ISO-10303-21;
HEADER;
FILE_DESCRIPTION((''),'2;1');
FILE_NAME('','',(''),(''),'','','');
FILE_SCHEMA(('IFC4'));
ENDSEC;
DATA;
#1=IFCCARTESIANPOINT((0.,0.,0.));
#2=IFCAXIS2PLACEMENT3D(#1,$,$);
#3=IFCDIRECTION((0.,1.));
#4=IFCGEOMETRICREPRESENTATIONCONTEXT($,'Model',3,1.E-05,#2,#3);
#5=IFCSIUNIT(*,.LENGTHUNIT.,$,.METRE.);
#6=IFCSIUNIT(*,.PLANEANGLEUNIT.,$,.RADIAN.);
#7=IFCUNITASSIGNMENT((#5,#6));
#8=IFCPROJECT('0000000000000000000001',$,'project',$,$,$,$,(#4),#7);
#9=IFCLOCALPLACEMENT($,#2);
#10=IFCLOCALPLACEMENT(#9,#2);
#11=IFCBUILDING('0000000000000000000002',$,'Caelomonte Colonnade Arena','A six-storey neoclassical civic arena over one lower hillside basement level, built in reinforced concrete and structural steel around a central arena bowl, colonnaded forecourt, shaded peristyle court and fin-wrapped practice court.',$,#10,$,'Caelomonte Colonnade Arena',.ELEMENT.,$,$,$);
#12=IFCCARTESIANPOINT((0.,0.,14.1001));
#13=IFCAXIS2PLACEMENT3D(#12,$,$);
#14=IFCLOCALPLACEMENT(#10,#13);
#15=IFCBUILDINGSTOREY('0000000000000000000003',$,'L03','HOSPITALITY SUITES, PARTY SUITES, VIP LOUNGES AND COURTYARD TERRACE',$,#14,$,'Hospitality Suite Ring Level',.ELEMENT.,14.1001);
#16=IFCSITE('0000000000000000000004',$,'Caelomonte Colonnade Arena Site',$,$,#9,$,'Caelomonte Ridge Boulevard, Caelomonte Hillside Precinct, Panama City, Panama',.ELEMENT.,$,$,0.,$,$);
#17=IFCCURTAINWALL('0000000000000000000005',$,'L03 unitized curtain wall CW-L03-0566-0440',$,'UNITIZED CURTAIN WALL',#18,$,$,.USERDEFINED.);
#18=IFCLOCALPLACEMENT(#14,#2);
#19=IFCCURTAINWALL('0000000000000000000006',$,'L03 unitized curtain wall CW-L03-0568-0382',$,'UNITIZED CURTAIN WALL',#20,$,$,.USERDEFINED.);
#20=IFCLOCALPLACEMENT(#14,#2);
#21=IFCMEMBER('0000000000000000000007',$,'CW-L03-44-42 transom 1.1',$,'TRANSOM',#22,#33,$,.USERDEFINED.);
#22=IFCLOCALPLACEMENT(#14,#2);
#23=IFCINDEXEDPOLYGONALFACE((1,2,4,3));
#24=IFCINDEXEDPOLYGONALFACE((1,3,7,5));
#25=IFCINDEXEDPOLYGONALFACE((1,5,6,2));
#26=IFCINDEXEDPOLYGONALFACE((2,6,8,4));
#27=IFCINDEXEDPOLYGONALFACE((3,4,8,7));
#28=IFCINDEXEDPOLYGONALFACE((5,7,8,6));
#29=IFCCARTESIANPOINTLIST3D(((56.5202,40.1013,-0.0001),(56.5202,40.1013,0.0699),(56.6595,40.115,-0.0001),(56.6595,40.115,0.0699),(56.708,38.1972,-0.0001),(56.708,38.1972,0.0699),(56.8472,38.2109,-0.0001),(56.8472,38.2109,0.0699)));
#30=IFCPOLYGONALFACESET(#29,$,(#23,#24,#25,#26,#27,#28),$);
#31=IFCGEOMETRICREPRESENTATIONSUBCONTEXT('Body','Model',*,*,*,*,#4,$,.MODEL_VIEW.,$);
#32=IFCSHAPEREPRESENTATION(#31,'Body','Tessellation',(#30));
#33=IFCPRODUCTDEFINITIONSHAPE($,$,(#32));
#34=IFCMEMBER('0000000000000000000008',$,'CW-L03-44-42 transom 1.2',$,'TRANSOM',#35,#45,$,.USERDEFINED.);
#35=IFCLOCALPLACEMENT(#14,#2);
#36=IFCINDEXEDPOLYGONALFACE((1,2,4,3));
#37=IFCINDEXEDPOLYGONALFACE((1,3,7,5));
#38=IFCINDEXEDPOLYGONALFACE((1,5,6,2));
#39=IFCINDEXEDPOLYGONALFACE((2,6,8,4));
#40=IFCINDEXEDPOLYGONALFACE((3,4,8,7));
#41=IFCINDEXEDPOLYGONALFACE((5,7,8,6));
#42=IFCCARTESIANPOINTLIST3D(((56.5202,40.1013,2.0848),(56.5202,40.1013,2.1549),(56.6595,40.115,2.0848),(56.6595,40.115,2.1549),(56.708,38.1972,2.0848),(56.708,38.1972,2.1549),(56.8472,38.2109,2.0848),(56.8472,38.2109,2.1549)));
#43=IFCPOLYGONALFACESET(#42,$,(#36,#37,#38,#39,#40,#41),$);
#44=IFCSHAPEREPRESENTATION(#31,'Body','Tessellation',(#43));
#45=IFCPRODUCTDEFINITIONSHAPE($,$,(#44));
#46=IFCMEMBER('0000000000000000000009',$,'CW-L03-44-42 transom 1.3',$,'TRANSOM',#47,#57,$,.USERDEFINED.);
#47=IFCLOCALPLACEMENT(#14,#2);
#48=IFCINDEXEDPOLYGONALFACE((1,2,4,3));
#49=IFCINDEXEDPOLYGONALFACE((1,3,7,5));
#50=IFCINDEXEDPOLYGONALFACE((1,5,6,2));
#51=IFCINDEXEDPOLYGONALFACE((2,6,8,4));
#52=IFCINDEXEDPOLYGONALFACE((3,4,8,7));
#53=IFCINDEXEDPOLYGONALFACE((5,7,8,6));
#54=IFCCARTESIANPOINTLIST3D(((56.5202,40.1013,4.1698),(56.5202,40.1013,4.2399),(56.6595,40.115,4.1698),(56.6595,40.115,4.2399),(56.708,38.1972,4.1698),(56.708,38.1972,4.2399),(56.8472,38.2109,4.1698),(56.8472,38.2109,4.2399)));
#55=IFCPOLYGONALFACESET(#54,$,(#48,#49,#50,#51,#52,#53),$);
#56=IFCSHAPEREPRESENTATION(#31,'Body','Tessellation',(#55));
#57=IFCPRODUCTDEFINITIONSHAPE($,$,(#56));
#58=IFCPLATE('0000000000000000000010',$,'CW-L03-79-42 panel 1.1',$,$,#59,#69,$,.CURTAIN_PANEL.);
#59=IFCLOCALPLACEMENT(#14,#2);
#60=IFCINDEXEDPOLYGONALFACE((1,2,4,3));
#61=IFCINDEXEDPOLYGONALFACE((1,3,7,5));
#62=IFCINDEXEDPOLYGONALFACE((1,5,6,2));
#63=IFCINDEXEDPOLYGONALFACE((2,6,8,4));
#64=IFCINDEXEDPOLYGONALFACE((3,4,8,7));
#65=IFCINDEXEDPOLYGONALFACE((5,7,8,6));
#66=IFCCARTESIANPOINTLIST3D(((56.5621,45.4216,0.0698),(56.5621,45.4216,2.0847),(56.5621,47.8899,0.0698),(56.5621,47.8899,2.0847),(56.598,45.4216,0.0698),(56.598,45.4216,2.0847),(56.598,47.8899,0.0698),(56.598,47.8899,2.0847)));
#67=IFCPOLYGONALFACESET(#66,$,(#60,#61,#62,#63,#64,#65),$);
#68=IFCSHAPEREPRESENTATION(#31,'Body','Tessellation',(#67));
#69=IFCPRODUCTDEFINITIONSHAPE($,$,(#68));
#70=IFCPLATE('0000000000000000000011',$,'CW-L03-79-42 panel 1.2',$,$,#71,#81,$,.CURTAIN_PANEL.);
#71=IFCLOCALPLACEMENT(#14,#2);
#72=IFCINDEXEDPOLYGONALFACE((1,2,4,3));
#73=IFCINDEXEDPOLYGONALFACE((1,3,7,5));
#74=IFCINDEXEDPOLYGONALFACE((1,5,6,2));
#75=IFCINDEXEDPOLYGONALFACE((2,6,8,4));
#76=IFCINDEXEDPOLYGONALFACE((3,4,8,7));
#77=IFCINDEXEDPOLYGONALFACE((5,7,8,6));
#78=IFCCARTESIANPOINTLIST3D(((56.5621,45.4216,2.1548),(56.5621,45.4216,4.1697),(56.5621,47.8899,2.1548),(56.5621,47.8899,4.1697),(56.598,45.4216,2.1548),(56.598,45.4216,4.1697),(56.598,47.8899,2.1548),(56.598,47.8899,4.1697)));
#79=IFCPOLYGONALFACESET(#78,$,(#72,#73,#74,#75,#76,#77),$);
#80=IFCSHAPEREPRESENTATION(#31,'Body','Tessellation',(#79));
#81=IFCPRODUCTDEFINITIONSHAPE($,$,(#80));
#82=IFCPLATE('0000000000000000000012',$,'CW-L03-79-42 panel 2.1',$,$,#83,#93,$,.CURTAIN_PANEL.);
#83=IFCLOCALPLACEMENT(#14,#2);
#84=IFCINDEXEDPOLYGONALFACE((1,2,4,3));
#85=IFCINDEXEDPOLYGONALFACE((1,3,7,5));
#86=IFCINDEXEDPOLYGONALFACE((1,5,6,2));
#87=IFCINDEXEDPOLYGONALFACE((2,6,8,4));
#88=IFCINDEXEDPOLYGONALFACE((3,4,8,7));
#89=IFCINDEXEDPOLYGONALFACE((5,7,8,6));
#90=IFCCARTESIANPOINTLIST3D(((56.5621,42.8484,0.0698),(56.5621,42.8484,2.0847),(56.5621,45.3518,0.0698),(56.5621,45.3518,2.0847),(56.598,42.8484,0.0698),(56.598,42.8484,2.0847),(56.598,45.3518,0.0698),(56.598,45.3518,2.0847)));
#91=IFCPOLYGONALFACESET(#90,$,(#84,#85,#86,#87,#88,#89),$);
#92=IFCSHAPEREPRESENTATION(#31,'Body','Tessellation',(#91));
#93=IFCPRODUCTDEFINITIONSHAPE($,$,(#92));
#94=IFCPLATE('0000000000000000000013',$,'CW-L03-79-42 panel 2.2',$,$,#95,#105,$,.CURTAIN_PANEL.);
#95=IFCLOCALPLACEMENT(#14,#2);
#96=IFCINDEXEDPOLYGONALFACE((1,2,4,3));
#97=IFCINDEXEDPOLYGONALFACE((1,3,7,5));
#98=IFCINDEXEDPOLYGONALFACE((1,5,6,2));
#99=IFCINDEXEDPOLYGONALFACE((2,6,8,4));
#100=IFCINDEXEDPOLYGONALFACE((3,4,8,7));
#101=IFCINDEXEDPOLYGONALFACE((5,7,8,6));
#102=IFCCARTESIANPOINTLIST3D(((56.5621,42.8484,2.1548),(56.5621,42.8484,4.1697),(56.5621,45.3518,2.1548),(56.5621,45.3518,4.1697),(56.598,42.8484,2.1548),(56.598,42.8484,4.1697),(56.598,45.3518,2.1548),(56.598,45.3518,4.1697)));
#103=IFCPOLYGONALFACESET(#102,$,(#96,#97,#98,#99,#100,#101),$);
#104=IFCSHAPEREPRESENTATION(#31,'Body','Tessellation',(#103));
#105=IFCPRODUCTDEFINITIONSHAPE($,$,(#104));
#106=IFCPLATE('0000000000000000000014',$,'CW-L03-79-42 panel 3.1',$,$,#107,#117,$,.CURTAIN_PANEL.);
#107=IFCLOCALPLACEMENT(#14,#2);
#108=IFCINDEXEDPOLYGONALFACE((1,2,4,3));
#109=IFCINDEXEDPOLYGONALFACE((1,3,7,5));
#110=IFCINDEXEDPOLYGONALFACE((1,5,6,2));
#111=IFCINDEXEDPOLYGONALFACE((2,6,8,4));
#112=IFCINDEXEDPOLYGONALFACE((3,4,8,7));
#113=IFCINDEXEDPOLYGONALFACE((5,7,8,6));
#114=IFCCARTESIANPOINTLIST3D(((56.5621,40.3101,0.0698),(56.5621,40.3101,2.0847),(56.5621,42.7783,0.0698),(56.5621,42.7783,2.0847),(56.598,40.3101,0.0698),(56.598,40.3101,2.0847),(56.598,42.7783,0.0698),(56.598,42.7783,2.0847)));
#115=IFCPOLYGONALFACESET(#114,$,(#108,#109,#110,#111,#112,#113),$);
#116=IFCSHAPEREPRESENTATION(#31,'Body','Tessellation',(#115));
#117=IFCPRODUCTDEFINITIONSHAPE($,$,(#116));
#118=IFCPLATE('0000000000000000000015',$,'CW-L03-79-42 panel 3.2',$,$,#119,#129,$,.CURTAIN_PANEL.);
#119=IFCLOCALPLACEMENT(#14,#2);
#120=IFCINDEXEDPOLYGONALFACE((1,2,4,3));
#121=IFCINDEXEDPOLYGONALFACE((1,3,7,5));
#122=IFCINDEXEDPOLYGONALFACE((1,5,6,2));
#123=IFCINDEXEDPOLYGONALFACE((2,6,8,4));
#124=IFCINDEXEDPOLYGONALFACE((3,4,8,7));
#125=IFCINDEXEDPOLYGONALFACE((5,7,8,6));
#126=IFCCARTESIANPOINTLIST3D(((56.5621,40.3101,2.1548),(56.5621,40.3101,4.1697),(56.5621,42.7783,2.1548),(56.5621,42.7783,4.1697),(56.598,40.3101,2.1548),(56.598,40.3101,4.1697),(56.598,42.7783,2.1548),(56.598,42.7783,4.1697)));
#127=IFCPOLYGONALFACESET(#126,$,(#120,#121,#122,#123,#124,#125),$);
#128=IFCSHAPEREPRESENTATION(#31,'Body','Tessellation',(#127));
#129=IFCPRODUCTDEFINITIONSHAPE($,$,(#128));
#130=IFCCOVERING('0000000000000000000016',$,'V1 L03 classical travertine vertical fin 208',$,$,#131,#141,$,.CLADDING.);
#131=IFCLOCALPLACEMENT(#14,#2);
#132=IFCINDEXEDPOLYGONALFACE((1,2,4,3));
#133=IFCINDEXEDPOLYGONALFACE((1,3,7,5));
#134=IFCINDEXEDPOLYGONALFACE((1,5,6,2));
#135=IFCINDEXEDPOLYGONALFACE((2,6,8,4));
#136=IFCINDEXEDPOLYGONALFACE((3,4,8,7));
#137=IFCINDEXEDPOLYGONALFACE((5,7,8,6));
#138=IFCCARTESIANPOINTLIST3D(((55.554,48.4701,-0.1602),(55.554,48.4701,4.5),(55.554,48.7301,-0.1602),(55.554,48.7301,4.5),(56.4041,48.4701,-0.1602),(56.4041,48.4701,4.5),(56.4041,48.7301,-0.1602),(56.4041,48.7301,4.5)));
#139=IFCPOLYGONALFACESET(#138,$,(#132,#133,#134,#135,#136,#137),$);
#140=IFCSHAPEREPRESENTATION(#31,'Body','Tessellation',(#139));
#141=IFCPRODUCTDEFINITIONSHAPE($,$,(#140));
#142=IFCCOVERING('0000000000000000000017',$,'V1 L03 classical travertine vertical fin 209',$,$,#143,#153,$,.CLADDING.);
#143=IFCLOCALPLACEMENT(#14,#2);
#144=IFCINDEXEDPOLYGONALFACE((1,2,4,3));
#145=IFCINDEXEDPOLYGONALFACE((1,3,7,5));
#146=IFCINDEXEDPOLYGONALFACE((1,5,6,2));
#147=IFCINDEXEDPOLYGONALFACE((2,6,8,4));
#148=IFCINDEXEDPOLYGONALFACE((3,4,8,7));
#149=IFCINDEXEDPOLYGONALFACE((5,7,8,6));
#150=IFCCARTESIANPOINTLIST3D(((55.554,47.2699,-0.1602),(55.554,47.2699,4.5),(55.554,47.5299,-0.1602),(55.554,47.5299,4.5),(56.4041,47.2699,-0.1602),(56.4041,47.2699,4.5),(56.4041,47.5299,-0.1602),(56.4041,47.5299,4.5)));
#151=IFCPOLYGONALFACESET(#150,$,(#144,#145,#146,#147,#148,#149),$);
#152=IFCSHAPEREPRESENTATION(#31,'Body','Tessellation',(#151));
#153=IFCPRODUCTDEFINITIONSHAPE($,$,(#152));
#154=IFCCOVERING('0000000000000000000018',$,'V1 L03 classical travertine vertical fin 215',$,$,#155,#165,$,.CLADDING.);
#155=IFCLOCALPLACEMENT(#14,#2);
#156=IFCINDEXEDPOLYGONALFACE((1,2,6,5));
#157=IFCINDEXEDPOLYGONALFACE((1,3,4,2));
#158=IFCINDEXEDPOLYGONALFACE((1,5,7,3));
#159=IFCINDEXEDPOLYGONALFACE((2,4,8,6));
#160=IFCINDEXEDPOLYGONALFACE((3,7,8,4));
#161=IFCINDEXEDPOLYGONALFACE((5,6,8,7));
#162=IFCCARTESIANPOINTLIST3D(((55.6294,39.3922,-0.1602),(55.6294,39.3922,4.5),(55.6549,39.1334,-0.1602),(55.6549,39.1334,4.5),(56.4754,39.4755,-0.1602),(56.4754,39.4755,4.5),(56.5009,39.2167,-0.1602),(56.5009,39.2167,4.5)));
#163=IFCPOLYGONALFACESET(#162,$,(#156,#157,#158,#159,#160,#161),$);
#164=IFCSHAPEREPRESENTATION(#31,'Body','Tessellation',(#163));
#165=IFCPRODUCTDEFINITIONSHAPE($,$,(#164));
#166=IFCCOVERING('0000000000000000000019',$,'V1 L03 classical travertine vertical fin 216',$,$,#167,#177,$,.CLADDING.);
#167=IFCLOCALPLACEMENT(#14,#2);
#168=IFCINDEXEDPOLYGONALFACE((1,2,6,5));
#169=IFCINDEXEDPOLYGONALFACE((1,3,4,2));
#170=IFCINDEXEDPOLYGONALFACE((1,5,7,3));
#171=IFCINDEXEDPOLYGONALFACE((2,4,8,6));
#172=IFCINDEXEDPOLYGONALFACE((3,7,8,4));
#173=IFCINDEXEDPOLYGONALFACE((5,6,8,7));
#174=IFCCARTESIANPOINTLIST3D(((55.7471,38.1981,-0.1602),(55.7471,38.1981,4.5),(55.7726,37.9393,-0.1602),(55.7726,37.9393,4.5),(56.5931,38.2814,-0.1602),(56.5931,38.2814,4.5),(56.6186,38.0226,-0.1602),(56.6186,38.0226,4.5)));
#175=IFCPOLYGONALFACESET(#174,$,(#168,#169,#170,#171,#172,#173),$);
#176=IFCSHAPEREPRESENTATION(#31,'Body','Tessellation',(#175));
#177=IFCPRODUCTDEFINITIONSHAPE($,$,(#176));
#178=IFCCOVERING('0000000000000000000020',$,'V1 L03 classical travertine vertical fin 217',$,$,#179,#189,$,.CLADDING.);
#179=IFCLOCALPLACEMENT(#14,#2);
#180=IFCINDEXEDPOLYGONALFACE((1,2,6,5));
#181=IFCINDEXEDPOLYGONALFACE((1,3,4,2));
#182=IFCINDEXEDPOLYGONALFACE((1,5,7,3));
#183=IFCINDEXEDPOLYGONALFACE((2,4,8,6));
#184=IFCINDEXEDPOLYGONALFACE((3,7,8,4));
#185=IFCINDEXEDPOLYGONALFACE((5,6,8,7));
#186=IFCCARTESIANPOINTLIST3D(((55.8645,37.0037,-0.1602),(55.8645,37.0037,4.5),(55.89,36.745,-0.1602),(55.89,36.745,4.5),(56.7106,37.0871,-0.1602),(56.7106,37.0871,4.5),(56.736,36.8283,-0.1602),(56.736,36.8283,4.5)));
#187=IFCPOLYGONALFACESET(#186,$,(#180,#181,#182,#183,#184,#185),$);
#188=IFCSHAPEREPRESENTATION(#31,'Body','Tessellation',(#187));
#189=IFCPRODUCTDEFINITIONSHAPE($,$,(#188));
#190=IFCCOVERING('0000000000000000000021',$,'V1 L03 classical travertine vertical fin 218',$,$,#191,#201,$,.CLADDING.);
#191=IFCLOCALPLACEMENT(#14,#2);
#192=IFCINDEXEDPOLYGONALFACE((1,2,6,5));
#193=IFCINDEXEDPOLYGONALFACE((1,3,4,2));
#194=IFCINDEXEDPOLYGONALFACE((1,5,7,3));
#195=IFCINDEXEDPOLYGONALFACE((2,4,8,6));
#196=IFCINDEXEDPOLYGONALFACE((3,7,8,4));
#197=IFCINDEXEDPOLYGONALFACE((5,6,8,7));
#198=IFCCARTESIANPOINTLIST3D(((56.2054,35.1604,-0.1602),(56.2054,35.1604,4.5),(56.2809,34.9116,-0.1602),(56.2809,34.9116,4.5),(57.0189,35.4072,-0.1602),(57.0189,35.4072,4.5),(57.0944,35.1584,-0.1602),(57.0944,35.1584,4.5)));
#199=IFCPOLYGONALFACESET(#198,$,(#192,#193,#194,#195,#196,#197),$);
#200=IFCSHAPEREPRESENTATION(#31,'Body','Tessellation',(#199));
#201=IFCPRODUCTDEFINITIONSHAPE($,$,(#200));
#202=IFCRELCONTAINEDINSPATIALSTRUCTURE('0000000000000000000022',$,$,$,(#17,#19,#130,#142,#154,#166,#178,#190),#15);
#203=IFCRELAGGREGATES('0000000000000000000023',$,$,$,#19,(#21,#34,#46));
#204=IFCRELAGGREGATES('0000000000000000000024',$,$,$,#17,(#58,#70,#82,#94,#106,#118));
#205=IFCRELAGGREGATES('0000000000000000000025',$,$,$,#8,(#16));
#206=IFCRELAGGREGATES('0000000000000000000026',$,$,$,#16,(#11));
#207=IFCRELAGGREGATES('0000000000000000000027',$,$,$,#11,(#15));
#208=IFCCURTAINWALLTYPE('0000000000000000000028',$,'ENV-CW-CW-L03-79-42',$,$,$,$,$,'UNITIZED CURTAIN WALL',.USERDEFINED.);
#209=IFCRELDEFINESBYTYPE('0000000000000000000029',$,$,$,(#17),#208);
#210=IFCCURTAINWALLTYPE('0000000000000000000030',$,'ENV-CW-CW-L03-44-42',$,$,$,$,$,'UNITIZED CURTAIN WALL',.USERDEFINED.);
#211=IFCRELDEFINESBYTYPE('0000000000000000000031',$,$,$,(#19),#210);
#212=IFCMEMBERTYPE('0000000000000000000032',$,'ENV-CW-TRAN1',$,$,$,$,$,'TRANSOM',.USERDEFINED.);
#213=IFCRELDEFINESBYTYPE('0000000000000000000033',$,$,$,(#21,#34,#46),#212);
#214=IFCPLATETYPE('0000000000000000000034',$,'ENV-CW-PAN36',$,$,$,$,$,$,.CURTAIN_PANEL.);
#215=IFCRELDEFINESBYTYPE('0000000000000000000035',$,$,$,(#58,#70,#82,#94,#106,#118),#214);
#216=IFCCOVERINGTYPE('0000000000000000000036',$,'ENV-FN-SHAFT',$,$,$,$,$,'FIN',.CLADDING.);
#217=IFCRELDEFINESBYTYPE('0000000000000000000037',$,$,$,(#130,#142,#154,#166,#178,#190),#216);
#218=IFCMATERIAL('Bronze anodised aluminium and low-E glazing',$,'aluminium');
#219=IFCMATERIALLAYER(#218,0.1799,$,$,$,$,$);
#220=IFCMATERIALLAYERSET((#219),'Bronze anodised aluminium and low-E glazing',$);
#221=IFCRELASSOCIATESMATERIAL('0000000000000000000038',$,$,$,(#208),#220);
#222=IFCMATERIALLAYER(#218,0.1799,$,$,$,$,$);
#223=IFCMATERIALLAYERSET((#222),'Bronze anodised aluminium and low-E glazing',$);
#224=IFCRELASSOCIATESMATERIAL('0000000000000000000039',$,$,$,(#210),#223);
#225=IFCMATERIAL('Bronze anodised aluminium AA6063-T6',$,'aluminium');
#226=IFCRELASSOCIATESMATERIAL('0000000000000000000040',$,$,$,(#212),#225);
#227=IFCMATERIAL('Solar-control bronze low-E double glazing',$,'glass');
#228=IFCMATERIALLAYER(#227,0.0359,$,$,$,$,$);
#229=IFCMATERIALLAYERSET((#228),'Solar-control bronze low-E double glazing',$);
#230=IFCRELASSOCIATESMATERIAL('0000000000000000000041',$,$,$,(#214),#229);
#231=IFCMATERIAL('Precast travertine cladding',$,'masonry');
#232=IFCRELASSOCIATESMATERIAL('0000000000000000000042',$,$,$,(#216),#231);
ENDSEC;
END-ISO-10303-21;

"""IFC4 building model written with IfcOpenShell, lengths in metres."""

from ifc_helpers import new_model, si_unit, direction, frame, origin, origin_2d, place, context, subcontext, project, spatial, rectangle, extrude, material, layer, layer_set, material_profile, profile_set, type_object, element, aggregate, save


model = new_model("IFC4")

# Units and contexts
model_context = context("Model", 3, precision=1e-05, world=origin(), true_north=direction((0.0, 1.0)))
body_context = subcontext(model_context, "Body", "Model", "MODEL_VIEW")
ifc_project = project(units=[si_unit("LENGTHUNIT", "METRE"), si_unit("PLANEANGLEUNIT", "RADIAN")], contexts=[model_context])

# Site, building, storey
site_placement = place(None, origin())
site = spatial("IfcSite", under=ifc_project, at=site_placement, Name="Caelomonte Colonnade Arena Site", LongName="Caelomonte Ridge Boulevard, Caelomonte Hillside Precinct, Panama City, Panama", CompositionType="ELEMENT", RefElevation=0.0)
building_placement = place(site_placement, origin())
building = spatial("IfcBuilding", under=site, at=building_placement, Name="Caelomonte Colonnade Arena", Description="A six-storey neoclassical civic arena over one lower hillside basement level, built in reinforced concrete and structural steel around a central arena bowl, colonnaded forecourt, shaded peristyle court and fin-wrapped practice court.", LongName="Caelomonte Colonnade Arena", CompositionType="ELEMENT")
storey_placement = place(building_placement, frame((0.0, 0.0, 14.1001)))
storey = spatial("IfcBuildingStorey", under=building, at=storey_placement, Name="L03", Description="HOSPITALITY SUITES, PARTY SUITES, VIP LOUNGES AND COURTYARD TERRACE", LongName="Hospitality Suite Ring Level", CompositionType="ELEMENT", Elevation=14.1001)

# Shared definitions
ifc_material_1 = material(Name="Bronze anodised aluminium and low-E glazing", Category="aluminium")
ifc_material_2 = material(Name="Bronze anodised aluminium AA6063-T6", Category="aluminium")

# Curtain wall
ifc_layer_1 = layer(ifc_material_1, 0.1799)
ifc_layer_set_1 = layer_set([ifc_layer_1], Name="Bronze anodised aluminium and low-E glazing")
curtain_wall_type_1 = type_object("IfcCurtainWallType", Name="ENV-CW-CW-L03-79-42", ElementType="UNITIZED CURTAIN WALL", PredefinedType="USERDEFINED", material=ifc_layer_set_1)
curtain_wall_1_placement = place(storey_placement, origin())
curtain_wall_1 = element("IfcCurtainWall", 1, at=curtain_wall_1_placement, inside=storey, type_object=curtain_wall_type_1, Name="L03 unitized curtain wall CW-L03-0566-0440", ObjectType="UNITIZED CURTAIN WALL", PredefinedType="USERDEFINED")

# Curtain wall
ifc_layer_2 = layer(ifc_material_1, 0.1799)
ifc_layer_set_2 = layer_set([ifc_layer_2], Name="Bronze anodised aluminium and low-E glazing")
curtain_wall_type_2 = type_object("IfcCurtainWallType", Name="ENV-CW-CW-L03-44-42", ElementType="UNITIZED CURTAIN WALL", PredefinedType="USERDEFINED", material=ifc_layer_set_2)
curtain_wall_2_placement = place(storey_placement, origin())
curtain_wall_2 = element("IfcCurtainWall", 2, at=curtain_wall_2_placement, inside=storey, type_object=curtain_wall_type_2, Name="L03 unitized curtain wall CW-L03-0568-0382", ObjectType="UNITIZED CURTAIN WALL", PredefinedType="USERDEFINED")

# Members
ifc_material_profile_1 = material_profile(ifc_material_2, rectangle(XDim=0.0701, YDim=0.1399, at=origin_2d()), Name="CWT-70X140")
ifc_profile_set_1 = profile_set([ifc_material_profile_1], Name="Bronze anodised aluminium AA6063-T6")
member_type_1 = type_object("IfcMemberType", Name="ENV-CW-TRAN1", ElementType="TRANSOM", PredefinedType="USERDEFINED", material=ifc_profile_set_1)
member_1_placement = place(storey_placement, frame((56.5898, 40.1082, 0.0349), z_axis=(0.098127, -0.995174, 0.0), x_axis=(0.0, 0.0, 1.0)))
member_1 = element("IfcMember", 3, at=member_1_placement, type_object=member_type_1, Name="CW-L03-44-42 transom 1.1", ObjectType="TRANSOM", PredefinedType="USERDEFINED", context=body_context, shape_type="SweptSolid", body=[
    extrude(rectangle(XDim=0.0701, YDim=0.1399, at=origin_2d()), origin(), (0.0, 0.0, 1.0), 1.9133),
])
member_2_placement = place(storey_placement, frame((56.5898, 40.1082, 2.1199), z_axis=(0.098127, -0.995174, 0.0), x_axis=(0.0, 0.0, 1.0)))
member_2 = element("IfcMember", 4, at=member_2_placement, type_object=member_type_1, Name="CW-L03-44-42 transom 1.2", ObjectType="TRANSOM", PredefinedType="USERDEFINED", context=body_context, shape_type="SweptSolid", body=[
    extrude(rectangle(XDim=0.0701, YDim=0.1399, at=origin_2d()), origin(), (0.0, 0.0, 1.0), 1.9133),
])
member_3_placement = place(storey_placement, frame((56.5898, 40.1082, 4.2048), z_axis=(0.098127, -0.995174, 0.0), x_axis=(0.0, 0.0, 1.0)))
member_3 = element("IfcMember", 5, at=member_3_placement, type_object=member_type_1, Name="CW-L03-44-42 transom 1.3", ObjectType="TRANSOM", PredefinedType="USERDEFINED", context=body_context, shape_type="SweptSolid", body=[
    extrude(rectangle(XDim=0.0701, YDim=0.1399, at=origin_2d()), origin(), (0.0, 0.0, 1.0), 1.9133),
])
aggregate(curtain_wall_2, [member_1, member_2, member_3])

# Plates
ifc_material_3 = material(Name="Solar-control bronze low-E double glazing", Category="glass")
ifc_layer_3 = layer(ifc_material_3, 0.0359)
ifc_layer_set_3 = layer_set([ifc_layer_3], Name="Solar-control bronze low-E double glazing")
plate_type = type_object("IfcPlateType", Name="ENV-CW-PAN36", PredefinedType="CURTAIN_PANEL", material=ifc_layer_set_3)
plate_1_placement = place(storey_placement, frame((56.5801, 46.6558, 0.0698), z_axis=(0.0, 0.0, 1.0), x_axis=(0.0, -1.0, 0.0)))
plate_1 = element("IfcPlate", 6, at=plate_1_placement, type_object=plate_type, Name="CW-L03-79-42 panel 1.1", PredefinedType="CURTAIN_PANEL", context=body_context, shape_type="SweptSolid", body=[
    extrude(rectangle(XDim=2.4683, YDim=0.0359, at=origin_2d()), origin(), (0.0, 0.0, 1.0), 2.0149),
])
plate_2_placement = place(storey_placement, frame((56.5801, 46.6558, 2.1548), z_axis=(0.0, 0.0, 1.0), x_axis=(0.0, -1.0, 0.0)))
plate_2 = element("IfcPlate", 7, at=plate_2_placement, type_object=plate_type, Name="CW-L03-79-42 panel 1.2", PredefinedType="CURTAIN_PANEL", context=body_context, shape_type="SweptSolid", body=[
    extrude(rectangle(XDim=2.4683, YDim=0.0359, at=origin_2d()), origin(), (0.0, 0.0, 1.0), 2.0149),
])
plate_3_placement = place(storey_placement, frame((56.5801, 44.1001, 0.0698), z_axis=(0.0, 0.0, 1.0), x_axis=(0.0, -1.0, 0.0)))
plate_3 = element("IfcPlate", 8, at=plate_3_placement, type_object=plate_type, Name="CW-L03-79-42 panel 2.1", PredefinedType="CURTAIN_PANEL", context=body_context, shape_type="SweptSolid", body=[
    extrude(rectangle(XDim=2.5034, YDim=0.0359, at=origin_2d()), origin(), (0.0, 0.0, 1.0), 2.0149),
])
plate_4_placement = place(storey_placement, frame((56.5801, 44.1001, 2.1548), z_axis=(0.0, 0.0, 1.0), x_axis=(0.0, -1.0, 0.0)))
plate_4 = element("IfcPlate", 9, at=plate_4_placement, type_object=plate_type, Name="CW-L03-79-42 panel 2.2", PredefinedType="CURTAIN_PANEL", context=body_context, shape_type="SweptSolid", body=[
    extrude(rectangle(XDim=2.5034, YDim=0.0359, at=origin_2d()), origin(), (0.0, 0.0, 1.0), 2.0149),
])
plate_5_placement = place(storey_placement, frame((56.5801, 41.5442, 0.0698), z_axis=(0.0, 0.0, 1.0), x_axis=(0.0, -1.0, 0.0)))
plate_5 = element("IfcPlate", 10, at=plate_5_placement, type_object=plate_type, Name="CW-L03-79-42 panel 3.1", PredefinedType="CURTAIN_PANEL", context=body_context, shape_type="SweptSolid", body=[
    extrude(rectangle(XDim=2.4683, YDim=0.0359, at=origin_2d()), origin(), (0.0, 0.0, 1.0), 2.0149),
])
plate_6_placement = place(storey_placement, frame((56.5801, 41.5442, 2.1548), z_axis=(0.0, 0.0, 1.0), x_axis=(0.0, -1.0, 0.0)))
plate_6 = element("IfcPlate", 11, at=plate_6_placement, type_object=plate_type, Name="CW-L03-79-42 panel 3.2", PredefinedType="CURTAIN_PANEL", context=body_context, shape_type="SweptSolid", body=[
    extrude(rectangle(XDim=2.4683, YDim=0.0359, at=origin_2d()), origin(), (0.0, 0.0, 1.0), 2.0149),
])
aggregate(curtain_wall_1, [plate_1, plate_2, plate_3, plate_4, plate_5, plate_6])

# Coverings
ifc_material_4 = material(Name="Precast travertine cladding", Category="masonry")
ifc_material_profile_2 = material_profile(ifc_material_4, rectangle(XDim=0.26, YDim=0.8501, at=origin_2d()), Name="FIN260X850")
ifc_profile_set_2 = profile_set([ifc_material_profile_2], Name="Precast travertine cladding")
covering_type = type_object("IfcCoveringType", Name="ENV-FN-SHAFT", ElementType="FIN", PredefinedType="CLADDING", material=ifc_profile_set_2)
for number, where, z_axis, x_axis, name in (
    (12, (55.979, 48.6001, -0.1602), (0.0, 0.0, 1.0), (0.0, 1.0, 0.0), "V1 L03 classical travertine vertical fin 208"),
    (13, (55.979, 47.3999, -0.1602), (0.0, 0.0, 1.0), (0.0, 1.0, 0.0), "V1 L03 classical travertine vertical fin 209"),
    (14, (56.0652, 39.3044, -0.1602), (0.0, 0.0, 1.0), (-0.098015, 0.995185, 0.0), "V1 L03 classical travertine vertical fin 215"),
    (15, (56.1829, 38.1104, -0.1602), (0.0, 0.0, 1.0), (-0.098015, 0.995185, 0.0), "V1 L03 classical travertine vertical fin 216"),
    (16, (56.3003, 36.916, -0.1602), (0.0, 0.0, 1.0), (-0.098015, 0.995185, 0.0), "V1 L03 classical travertine vertical fin 217"),
    (17, (56.6499, 35.1594, -0.1602), (0.0, 0.0, 1.0), (-0.290276, 0.956943, 0.0), "V1 L03 classical travertine vertical fin 218"),
):
    element("IfcCovering", number, at=place(storey_placement, frame(where, z_axis=z_axis, x_axis=x_axis)), inside=storey, type_object=covering_type, Name=name, PredefinedType="CLADDING", context=body_context, shape_type="SweptSolid", body=[
        extrude(rectangle(XDim=0.26, YDim=0.8501, at=origin_2d()), origin(), (0.0, 0.0, 1.0), 4.6602),
    ])

save(model, "model.ifc")
